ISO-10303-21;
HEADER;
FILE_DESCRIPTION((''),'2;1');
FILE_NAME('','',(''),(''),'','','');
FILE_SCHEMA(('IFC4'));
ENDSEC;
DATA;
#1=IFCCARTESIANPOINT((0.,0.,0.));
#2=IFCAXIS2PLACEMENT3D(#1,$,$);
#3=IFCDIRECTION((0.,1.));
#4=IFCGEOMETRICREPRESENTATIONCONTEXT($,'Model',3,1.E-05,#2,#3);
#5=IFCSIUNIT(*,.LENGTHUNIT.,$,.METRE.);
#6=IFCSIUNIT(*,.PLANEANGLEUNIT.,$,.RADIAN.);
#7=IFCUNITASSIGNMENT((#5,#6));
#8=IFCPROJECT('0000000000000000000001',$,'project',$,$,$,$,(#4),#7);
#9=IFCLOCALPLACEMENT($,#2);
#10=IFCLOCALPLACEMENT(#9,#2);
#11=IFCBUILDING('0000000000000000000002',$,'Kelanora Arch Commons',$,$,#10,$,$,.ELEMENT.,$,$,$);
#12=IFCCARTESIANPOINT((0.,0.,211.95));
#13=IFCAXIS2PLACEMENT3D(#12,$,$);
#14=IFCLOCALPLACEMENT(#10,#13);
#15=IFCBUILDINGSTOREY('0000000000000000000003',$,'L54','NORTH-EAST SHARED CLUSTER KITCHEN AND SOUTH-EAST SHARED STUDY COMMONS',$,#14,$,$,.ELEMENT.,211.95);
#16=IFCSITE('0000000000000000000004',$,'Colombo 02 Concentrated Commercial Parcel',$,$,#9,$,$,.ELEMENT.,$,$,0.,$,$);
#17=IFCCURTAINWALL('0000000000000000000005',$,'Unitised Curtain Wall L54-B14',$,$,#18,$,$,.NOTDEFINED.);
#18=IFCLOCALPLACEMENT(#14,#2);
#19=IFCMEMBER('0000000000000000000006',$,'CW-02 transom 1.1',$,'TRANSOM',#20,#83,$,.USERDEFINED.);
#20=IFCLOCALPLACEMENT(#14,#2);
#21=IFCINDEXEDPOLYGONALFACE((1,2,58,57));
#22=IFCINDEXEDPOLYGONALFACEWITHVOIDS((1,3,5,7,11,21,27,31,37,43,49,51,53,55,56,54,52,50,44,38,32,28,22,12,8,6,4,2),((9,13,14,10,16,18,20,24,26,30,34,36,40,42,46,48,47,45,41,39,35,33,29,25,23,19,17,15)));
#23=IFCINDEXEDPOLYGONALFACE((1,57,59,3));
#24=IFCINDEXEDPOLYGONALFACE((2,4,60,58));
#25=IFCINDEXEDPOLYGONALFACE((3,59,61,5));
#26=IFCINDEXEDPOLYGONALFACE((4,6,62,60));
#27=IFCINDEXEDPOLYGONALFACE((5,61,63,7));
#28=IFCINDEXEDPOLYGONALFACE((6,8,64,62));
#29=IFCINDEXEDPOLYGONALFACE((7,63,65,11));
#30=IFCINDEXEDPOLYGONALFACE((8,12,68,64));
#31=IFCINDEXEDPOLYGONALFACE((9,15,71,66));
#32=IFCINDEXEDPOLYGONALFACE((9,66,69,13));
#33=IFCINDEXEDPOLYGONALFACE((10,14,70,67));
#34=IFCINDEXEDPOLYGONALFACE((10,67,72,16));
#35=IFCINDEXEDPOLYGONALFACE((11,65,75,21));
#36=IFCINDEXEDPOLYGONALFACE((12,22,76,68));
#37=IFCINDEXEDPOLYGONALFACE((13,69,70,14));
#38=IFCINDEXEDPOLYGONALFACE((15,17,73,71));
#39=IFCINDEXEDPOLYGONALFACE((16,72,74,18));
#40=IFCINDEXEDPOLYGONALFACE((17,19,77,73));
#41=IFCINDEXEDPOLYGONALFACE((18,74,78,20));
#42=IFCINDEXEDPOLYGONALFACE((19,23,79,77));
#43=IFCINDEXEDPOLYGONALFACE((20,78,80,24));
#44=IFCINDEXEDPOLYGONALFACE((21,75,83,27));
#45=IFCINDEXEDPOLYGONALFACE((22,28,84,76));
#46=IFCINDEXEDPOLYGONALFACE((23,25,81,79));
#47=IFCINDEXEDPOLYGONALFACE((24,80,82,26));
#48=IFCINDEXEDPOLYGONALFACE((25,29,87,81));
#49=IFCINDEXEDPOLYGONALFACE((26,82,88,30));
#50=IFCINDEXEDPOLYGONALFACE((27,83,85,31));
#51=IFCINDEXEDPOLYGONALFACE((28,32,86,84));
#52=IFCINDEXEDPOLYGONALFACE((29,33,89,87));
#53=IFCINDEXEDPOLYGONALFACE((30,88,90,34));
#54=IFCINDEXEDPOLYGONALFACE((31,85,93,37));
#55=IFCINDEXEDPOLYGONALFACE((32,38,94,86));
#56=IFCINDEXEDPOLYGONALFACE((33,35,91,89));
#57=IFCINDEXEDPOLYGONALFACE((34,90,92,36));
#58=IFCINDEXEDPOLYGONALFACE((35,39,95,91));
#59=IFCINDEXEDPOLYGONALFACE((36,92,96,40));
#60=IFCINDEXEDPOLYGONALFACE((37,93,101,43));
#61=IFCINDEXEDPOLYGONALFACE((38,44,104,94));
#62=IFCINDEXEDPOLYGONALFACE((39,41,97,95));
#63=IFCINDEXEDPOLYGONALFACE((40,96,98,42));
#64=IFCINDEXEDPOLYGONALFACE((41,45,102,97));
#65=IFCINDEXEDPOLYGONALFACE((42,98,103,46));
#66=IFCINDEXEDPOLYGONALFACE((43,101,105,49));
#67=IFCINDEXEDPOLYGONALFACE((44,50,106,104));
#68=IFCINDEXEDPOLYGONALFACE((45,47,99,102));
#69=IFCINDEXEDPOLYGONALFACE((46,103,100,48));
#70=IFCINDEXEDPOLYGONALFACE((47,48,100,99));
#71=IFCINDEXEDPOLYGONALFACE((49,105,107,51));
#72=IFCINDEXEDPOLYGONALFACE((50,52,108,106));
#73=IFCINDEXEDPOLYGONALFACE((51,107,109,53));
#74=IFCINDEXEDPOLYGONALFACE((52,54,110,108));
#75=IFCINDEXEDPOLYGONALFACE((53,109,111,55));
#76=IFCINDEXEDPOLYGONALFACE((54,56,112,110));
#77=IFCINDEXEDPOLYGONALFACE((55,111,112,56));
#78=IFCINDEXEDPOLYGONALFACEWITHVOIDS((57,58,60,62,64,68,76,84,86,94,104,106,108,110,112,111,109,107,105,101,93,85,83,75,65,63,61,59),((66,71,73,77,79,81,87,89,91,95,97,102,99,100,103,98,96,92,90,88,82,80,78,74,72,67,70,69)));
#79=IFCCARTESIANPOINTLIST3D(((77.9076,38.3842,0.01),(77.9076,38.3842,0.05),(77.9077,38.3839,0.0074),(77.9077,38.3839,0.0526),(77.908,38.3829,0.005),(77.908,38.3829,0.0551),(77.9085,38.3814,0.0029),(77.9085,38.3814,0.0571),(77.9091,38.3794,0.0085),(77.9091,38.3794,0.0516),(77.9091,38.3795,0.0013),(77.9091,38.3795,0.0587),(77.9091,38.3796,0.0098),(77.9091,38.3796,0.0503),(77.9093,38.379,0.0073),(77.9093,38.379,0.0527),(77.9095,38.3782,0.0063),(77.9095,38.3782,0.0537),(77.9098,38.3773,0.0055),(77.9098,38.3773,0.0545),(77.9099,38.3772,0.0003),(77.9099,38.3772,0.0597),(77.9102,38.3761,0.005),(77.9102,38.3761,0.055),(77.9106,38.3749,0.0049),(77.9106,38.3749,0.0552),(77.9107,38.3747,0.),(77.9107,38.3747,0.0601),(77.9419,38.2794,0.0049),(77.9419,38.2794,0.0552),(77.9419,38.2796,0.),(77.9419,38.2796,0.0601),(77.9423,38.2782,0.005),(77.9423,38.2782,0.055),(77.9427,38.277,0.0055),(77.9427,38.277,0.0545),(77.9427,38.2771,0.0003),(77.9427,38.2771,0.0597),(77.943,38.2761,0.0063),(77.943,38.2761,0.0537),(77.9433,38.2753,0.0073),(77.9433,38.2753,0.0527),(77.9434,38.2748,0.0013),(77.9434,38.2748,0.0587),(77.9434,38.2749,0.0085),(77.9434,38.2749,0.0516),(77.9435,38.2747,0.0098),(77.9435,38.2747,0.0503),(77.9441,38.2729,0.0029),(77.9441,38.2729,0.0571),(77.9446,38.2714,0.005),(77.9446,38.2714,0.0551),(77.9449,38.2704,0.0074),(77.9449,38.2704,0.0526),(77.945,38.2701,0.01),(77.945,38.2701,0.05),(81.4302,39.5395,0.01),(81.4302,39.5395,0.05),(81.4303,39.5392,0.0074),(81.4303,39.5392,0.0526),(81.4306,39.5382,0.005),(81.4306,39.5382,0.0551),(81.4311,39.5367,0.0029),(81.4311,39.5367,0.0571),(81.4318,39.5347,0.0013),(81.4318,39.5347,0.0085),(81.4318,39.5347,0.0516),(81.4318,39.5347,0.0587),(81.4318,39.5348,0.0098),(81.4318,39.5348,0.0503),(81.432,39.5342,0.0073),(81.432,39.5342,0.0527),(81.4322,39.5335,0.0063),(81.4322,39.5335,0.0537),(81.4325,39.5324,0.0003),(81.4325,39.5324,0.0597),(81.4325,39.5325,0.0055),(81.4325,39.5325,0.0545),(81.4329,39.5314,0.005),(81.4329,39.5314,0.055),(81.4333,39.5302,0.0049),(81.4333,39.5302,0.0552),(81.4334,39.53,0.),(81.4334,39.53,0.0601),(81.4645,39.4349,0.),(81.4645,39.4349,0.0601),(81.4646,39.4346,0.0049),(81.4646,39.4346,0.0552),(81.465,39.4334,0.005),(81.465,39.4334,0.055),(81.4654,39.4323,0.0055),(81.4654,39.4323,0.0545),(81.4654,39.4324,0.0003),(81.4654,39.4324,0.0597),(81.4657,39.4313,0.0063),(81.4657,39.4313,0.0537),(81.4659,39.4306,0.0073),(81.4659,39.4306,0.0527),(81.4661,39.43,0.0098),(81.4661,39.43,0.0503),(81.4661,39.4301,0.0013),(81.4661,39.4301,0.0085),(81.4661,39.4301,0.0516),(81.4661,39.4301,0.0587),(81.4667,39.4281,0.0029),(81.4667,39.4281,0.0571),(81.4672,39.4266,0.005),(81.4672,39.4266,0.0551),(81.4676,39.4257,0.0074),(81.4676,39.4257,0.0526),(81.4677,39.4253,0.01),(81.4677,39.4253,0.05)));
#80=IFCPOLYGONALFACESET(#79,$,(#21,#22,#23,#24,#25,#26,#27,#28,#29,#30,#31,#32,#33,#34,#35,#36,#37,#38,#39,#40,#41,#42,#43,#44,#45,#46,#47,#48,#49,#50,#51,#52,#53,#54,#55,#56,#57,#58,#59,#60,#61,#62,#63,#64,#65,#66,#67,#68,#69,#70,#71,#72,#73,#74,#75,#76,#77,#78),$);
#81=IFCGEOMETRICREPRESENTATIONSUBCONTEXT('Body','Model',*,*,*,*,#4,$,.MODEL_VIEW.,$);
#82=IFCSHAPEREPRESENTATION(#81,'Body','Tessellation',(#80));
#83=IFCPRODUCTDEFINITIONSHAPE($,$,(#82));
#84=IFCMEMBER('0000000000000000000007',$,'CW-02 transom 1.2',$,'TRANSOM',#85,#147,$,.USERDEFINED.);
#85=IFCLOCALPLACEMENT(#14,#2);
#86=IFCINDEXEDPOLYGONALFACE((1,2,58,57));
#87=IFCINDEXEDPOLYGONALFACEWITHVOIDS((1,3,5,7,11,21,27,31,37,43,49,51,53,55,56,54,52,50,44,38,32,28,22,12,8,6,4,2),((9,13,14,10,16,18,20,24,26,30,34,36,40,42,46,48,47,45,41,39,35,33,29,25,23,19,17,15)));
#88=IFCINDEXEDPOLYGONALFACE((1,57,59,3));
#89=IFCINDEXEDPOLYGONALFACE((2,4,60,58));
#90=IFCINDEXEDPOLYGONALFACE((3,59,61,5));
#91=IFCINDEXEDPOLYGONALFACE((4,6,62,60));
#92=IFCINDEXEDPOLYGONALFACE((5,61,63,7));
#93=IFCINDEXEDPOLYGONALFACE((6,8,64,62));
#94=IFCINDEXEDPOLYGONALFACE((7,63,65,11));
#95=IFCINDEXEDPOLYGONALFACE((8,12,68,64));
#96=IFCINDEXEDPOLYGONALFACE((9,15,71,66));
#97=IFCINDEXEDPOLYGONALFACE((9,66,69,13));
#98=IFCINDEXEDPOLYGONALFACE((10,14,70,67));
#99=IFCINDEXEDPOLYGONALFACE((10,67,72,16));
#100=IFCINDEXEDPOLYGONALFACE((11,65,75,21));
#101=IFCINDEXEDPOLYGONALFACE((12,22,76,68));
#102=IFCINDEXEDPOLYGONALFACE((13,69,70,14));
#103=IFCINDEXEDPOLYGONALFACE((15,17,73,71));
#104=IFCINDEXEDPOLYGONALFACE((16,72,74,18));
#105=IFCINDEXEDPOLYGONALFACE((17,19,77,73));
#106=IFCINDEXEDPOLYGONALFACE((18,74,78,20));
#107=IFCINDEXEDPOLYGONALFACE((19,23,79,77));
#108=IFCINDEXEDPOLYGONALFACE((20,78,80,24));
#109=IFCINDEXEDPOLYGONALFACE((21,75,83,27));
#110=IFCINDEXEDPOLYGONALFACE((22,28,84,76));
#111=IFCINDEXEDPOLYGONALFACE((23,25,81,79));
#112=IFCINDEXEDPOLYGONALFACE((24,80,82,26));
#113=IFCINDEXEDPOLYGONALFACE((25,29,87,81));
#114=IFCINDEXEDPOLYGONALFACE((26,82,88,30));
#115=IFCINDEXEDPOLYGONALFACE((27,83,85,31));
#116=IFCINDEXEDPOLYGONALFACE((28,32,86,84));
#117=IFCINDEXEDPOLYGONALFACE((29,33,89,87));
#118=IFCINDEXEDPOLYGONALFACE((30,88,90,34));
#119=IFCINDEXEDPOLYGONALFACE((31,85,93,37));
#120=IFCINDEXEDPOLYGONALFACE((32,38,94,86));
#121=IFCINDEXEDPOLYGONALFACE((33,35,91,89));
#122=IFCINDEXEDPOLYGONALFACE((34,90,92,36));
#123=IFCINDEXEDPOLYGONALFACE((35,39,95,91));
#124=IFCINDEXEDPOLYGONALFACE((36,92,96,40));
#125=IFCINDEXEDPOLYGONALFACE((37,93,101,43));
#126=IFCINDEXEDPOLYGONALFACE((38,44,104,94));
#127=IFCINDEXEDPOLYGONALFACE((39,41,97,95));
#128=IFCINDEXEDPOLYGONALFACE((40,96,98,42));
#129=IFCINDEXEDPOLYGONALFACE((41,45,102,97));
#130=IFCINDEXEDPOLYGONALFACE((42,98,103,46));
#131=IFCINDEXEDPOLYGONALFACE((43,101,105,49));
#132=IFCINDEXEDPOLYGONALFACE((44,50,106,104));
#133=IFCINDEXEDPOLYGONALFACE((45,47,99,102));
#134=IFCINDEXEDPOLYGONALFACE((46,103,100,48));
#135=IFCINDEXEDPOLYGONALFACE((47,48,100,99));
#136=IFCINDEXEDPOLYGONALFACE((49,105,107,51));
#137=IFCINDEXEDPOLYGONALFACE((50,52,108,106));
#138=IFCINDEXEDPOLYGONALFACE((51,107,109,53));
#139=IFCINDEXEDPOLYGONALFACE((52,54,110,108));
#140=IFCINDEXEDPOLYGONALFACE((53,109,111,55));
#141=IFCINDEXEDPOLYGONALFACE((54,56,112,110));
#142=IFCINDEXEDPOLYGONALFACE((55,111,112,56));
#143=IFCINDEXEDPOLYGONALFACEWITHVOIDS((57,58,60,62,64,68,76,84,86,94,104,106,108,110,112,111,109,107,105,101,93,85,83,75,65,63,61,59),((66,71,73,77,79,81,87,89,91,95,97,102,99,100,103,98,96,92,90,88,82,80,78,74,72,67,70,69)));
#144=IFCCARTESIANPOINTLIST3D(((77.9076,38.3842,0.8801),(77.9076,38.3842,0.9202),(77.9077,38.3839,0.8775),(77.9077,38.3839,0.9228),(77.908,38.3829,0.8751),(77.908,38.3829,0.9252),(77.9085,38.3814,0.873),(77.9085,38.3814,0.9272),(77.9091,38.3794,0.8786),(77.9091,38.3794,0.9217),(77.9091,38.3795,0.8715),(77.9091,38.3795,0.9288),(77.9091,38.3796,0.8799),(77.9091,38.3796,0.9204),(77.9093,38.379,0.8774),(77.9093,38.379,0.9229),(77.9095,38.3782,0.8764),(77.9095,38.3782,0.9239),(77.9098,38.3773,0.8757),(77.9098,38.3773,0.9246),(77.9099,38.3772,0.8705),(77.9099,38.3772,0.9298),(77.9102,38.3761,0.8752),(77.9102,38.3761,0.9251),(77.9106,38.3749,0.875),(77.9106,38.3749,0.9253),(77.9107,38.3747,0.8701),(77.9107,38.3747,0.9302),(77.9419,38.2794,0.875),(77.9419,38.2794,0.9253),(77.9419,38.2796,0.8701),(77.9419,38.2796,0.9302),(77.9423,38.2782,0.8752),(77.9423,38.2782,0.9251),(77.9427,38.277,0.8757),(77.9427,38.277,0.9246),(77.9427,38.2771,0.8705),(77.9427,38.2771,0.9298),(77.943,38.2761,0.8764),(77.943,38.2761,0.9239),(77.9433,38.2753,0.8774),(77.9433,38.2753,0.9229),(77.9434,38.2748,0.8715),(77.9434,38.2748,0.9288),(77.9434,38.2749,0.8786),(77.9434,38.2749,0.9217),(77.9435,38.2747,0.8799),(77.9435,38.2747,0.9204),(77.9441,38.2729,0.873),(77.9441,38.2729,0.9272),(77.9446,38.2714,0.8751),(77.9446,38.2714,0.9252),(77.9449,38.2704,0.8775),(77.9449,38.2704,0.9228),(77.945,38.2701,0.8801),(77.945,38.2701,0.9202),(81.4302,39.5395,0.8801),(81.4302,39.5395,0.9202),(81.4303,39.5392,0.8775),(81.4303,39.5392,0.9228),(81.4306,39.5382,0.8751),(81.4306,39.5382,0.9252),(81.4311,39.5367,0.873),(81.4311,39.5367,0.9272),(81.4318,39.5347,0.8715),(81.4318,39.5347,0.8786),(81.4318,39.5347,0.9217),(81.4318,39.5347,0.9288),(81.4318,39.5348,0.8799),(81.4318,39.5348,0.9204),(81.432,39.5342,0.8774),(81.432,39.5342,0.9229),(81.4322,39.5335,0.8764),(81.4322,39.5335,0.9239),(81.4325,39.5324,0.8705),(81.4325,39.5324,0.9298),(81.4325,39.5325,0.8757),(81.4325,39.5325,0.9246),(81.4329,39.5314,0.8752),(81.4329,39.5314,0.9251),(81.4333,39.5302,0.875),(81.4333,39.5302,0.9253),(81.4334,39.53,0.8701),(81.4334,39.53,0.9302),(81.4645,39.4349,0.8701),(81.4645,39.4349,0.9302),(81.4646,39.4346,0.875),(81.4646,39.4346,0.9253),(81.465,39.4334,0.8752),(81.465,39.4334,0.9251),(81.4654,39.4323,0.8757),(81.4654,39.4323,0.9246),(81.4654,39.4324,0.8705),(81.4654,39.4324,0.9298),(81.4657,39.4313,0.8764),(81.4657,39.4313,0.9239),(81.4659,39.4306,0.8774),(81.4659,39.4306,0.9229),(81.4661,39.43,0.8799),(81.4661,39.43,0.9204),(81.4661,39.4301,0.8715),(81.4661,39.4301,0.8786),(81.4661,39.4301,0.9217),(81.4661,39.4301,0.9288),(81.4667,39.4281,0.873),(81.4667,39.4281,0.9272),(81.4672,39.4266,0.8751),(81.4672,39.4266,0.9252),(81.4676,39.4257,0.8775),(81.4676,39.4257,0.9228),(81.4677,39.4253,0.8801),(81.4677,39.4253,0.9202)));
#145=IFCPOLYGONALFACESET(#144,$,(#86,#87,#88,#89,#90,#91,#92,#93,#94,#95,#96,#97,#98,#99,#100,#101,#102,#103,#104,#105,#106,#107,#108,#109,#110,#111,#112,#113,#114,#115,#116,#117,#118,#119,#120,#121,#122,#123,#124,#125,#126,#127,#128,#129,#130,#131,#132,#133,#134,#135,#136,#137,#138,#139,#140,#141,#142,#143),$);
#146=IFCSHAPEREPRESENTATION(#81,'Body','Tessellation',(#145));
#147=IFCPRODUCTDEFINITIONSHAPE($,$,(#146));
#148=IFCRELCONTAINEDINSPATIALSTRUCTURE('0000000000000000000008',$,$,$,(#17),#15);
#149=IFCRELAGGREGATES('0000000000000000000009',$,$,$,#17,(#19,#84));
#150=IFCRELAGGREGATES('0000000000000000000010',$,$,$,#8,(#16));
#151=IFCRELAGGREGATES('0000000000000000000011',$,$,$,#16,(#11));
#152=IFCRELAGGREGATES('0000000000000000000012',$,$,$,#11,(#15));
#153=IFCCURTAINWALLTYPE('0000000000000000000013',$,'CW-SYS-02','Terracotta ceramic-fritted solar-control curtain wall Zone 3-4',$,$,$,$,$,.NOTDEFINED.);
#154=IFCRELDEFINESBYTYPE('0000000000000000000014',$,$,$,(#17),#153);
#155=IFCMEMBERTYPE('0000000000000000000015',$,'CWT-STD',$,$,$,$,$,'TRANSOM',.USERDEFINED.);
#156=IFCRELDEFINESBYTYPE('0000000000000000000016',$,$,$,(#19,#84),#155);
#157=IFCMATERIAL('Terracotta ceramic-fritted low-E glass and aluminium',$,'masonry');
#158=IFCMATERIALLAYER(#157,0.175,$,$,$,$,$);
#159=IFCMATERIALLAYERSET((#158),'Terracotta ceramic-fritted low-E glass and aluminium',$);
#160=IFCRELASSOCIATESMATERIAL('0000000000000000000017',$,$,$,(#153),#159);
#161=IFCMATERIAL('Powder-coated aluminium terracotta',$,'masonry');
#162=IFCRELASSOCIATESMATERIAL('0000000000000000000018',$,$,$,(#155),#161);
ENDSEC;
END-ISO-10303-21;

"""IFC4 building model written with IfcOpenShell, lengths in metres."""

from ifc_helpers import new_model, si_unit, direction, frame, origin, origin_2d, place, context, subcontext, project, spatial, hollow_rectangle, extrude, material, layer, layer_set, material_profile, profile_set, type_object, element, aggregate, save


model = new_model("IFC4")

# Units and contexts
model_context = context("Model", 3, precision=1e-05, world=origin(), true_north=direction((0.0, 1.0)))
body_context = subcontext(model_context, "Body", "Model", "MODEL_VIEW")
ifc_project = project(units=[si_unit("LENGTHUNIT", "METRE"), si_unit("PLANEANGLEUNIT", "RADIAN")], contexts=[model_context])

# Site, building, storey
site_placement = place(None, origin())
site = spatial("IfcSite", under=ifc_project, at=site_placement, Name="Colombo 02 Concentrated Commercial Parcel", CompositionType="ELEMENT", RefElevation=0.0)
building_placement = place(site_placement, origin())
building = spatial("IfcBuilding", under=site, at=building_placement, Name="Kelanora Arch Commons", CompositionType="ELEMENT")
storey_placement = place(building_placement, frame((0.0, 0.0, 211.95)))
storey = spatial("IfcBuildingStorey", under=building, at=storey_placement, Name="L54", Description="NORTH-EAST SHARED CLUSTER KITCHEN AND SOUTH-EAST SHARED STUDY COMMONS", CompositionType="ELEMENT", Elevation=211.95)

# Curtain wall, members
ifc_material_1 = material(Name="Terracotta ceramic-fritted low-E glass and aluminium", Category="masonry")
ifc_layer_1 = layer(ifc_material_1, 0.175)
ifc_layer_set_1 = layer_set([ifc_layer_1], Name="Terracotta ceramic-fritted low-E glass and aluminium")
curtain_wall_type = type_object("IfcCurtainWallType", Name="CW-SYS-02", Description="Terracotta ceramic-fritted solar-control curtain wall Zone 3-4", PredefinedType="NOTDEFINED", material=ifc_layer_set_1)
curtain_wall_placement = place(storey_placement, origin())
curtain_wall = element("IfcCurtainWall", 1, at=curtain_wall_placement, inside=storey, type_object=curtain_wall_type, Name="Unitised Curtain Wall L54-B14", PredefinedType="NOTDEFINED")
ifc_material_2 = material(Name="Powder-coated aluminium terracotta", Category="masonry")
ifc_material_profile_1 = material_profile(ifc_material_2, hollow_rectangle(XDim=0.1201, YDim=0.0601, WallThickness=0.0049, InnerFilletRadius=0.0049, OuterFilletRadius=0.01, at=origin_2d()), Name="CWT120x60")
ifc_profile_set_1 = profile_set([ifc_material_profile_1], Name="Powder-coated aluminium terracotta")
member_type_1 = type_object("IfcMemberType", Name="CWT-STD", ElementType="TRANSOM", PredefinedType="USERDEFINED", material=ifc_profile_set_1)
member_1_placement = place(storey_placement, frame((77.9263, 38.3271, 0.03), z_axis=(0.950207, 0.311621, 0.0), x_axis=(-0.311621, 0.950207, 0.0)))
member_1 = element("IfcMember", 2, at=member_1_placement, type_object=member_type_1, Name="CW-02 transom 1.1", ObjectType="TRANSOM", PredefinedType="USERDEFINED", context=body_context, shape_type="SweptSolid", body=[
    extrude(hollow_rectangle(XDim=0.1201, YDim=0.0601, WallThickness=0.0049, InnerFilletRadius=0.0049, OuterFilletRadius=0.01, at=origin_2d()), origin(), (0.0, 0.0, 1.0), 3.7073),
])
member_2_placement = place(storey_placement, frame((77.9263, 38.3271, 0.9001), z_axis=(0.950207, 0.311621, 0.0), x_axis=(-0.311621, 0.950207, 0.0)))
member_2 = element("IfcMember", 3, at=member_2_placement, type_object=member_type_1, Name="CW-02 transom 1.2", ObjectType="TRANSOM", PredefinedType="USERDEFINED", context=body_context, shape_type="SweptSolid", body=[
    extrude(hollow_rectangle(XDim=0.1201, YDim=0.0601, WallThickness=0.0049, InnerFilletRadius=0.0049, OuterFilletRadius=0.01, at=origin_2d()), origin(), (0.0, 0.0, 1.0), 3.7073),
])
aggregate(curtain_wall, [member_1, member_2])

save(model, "model.ifc")
